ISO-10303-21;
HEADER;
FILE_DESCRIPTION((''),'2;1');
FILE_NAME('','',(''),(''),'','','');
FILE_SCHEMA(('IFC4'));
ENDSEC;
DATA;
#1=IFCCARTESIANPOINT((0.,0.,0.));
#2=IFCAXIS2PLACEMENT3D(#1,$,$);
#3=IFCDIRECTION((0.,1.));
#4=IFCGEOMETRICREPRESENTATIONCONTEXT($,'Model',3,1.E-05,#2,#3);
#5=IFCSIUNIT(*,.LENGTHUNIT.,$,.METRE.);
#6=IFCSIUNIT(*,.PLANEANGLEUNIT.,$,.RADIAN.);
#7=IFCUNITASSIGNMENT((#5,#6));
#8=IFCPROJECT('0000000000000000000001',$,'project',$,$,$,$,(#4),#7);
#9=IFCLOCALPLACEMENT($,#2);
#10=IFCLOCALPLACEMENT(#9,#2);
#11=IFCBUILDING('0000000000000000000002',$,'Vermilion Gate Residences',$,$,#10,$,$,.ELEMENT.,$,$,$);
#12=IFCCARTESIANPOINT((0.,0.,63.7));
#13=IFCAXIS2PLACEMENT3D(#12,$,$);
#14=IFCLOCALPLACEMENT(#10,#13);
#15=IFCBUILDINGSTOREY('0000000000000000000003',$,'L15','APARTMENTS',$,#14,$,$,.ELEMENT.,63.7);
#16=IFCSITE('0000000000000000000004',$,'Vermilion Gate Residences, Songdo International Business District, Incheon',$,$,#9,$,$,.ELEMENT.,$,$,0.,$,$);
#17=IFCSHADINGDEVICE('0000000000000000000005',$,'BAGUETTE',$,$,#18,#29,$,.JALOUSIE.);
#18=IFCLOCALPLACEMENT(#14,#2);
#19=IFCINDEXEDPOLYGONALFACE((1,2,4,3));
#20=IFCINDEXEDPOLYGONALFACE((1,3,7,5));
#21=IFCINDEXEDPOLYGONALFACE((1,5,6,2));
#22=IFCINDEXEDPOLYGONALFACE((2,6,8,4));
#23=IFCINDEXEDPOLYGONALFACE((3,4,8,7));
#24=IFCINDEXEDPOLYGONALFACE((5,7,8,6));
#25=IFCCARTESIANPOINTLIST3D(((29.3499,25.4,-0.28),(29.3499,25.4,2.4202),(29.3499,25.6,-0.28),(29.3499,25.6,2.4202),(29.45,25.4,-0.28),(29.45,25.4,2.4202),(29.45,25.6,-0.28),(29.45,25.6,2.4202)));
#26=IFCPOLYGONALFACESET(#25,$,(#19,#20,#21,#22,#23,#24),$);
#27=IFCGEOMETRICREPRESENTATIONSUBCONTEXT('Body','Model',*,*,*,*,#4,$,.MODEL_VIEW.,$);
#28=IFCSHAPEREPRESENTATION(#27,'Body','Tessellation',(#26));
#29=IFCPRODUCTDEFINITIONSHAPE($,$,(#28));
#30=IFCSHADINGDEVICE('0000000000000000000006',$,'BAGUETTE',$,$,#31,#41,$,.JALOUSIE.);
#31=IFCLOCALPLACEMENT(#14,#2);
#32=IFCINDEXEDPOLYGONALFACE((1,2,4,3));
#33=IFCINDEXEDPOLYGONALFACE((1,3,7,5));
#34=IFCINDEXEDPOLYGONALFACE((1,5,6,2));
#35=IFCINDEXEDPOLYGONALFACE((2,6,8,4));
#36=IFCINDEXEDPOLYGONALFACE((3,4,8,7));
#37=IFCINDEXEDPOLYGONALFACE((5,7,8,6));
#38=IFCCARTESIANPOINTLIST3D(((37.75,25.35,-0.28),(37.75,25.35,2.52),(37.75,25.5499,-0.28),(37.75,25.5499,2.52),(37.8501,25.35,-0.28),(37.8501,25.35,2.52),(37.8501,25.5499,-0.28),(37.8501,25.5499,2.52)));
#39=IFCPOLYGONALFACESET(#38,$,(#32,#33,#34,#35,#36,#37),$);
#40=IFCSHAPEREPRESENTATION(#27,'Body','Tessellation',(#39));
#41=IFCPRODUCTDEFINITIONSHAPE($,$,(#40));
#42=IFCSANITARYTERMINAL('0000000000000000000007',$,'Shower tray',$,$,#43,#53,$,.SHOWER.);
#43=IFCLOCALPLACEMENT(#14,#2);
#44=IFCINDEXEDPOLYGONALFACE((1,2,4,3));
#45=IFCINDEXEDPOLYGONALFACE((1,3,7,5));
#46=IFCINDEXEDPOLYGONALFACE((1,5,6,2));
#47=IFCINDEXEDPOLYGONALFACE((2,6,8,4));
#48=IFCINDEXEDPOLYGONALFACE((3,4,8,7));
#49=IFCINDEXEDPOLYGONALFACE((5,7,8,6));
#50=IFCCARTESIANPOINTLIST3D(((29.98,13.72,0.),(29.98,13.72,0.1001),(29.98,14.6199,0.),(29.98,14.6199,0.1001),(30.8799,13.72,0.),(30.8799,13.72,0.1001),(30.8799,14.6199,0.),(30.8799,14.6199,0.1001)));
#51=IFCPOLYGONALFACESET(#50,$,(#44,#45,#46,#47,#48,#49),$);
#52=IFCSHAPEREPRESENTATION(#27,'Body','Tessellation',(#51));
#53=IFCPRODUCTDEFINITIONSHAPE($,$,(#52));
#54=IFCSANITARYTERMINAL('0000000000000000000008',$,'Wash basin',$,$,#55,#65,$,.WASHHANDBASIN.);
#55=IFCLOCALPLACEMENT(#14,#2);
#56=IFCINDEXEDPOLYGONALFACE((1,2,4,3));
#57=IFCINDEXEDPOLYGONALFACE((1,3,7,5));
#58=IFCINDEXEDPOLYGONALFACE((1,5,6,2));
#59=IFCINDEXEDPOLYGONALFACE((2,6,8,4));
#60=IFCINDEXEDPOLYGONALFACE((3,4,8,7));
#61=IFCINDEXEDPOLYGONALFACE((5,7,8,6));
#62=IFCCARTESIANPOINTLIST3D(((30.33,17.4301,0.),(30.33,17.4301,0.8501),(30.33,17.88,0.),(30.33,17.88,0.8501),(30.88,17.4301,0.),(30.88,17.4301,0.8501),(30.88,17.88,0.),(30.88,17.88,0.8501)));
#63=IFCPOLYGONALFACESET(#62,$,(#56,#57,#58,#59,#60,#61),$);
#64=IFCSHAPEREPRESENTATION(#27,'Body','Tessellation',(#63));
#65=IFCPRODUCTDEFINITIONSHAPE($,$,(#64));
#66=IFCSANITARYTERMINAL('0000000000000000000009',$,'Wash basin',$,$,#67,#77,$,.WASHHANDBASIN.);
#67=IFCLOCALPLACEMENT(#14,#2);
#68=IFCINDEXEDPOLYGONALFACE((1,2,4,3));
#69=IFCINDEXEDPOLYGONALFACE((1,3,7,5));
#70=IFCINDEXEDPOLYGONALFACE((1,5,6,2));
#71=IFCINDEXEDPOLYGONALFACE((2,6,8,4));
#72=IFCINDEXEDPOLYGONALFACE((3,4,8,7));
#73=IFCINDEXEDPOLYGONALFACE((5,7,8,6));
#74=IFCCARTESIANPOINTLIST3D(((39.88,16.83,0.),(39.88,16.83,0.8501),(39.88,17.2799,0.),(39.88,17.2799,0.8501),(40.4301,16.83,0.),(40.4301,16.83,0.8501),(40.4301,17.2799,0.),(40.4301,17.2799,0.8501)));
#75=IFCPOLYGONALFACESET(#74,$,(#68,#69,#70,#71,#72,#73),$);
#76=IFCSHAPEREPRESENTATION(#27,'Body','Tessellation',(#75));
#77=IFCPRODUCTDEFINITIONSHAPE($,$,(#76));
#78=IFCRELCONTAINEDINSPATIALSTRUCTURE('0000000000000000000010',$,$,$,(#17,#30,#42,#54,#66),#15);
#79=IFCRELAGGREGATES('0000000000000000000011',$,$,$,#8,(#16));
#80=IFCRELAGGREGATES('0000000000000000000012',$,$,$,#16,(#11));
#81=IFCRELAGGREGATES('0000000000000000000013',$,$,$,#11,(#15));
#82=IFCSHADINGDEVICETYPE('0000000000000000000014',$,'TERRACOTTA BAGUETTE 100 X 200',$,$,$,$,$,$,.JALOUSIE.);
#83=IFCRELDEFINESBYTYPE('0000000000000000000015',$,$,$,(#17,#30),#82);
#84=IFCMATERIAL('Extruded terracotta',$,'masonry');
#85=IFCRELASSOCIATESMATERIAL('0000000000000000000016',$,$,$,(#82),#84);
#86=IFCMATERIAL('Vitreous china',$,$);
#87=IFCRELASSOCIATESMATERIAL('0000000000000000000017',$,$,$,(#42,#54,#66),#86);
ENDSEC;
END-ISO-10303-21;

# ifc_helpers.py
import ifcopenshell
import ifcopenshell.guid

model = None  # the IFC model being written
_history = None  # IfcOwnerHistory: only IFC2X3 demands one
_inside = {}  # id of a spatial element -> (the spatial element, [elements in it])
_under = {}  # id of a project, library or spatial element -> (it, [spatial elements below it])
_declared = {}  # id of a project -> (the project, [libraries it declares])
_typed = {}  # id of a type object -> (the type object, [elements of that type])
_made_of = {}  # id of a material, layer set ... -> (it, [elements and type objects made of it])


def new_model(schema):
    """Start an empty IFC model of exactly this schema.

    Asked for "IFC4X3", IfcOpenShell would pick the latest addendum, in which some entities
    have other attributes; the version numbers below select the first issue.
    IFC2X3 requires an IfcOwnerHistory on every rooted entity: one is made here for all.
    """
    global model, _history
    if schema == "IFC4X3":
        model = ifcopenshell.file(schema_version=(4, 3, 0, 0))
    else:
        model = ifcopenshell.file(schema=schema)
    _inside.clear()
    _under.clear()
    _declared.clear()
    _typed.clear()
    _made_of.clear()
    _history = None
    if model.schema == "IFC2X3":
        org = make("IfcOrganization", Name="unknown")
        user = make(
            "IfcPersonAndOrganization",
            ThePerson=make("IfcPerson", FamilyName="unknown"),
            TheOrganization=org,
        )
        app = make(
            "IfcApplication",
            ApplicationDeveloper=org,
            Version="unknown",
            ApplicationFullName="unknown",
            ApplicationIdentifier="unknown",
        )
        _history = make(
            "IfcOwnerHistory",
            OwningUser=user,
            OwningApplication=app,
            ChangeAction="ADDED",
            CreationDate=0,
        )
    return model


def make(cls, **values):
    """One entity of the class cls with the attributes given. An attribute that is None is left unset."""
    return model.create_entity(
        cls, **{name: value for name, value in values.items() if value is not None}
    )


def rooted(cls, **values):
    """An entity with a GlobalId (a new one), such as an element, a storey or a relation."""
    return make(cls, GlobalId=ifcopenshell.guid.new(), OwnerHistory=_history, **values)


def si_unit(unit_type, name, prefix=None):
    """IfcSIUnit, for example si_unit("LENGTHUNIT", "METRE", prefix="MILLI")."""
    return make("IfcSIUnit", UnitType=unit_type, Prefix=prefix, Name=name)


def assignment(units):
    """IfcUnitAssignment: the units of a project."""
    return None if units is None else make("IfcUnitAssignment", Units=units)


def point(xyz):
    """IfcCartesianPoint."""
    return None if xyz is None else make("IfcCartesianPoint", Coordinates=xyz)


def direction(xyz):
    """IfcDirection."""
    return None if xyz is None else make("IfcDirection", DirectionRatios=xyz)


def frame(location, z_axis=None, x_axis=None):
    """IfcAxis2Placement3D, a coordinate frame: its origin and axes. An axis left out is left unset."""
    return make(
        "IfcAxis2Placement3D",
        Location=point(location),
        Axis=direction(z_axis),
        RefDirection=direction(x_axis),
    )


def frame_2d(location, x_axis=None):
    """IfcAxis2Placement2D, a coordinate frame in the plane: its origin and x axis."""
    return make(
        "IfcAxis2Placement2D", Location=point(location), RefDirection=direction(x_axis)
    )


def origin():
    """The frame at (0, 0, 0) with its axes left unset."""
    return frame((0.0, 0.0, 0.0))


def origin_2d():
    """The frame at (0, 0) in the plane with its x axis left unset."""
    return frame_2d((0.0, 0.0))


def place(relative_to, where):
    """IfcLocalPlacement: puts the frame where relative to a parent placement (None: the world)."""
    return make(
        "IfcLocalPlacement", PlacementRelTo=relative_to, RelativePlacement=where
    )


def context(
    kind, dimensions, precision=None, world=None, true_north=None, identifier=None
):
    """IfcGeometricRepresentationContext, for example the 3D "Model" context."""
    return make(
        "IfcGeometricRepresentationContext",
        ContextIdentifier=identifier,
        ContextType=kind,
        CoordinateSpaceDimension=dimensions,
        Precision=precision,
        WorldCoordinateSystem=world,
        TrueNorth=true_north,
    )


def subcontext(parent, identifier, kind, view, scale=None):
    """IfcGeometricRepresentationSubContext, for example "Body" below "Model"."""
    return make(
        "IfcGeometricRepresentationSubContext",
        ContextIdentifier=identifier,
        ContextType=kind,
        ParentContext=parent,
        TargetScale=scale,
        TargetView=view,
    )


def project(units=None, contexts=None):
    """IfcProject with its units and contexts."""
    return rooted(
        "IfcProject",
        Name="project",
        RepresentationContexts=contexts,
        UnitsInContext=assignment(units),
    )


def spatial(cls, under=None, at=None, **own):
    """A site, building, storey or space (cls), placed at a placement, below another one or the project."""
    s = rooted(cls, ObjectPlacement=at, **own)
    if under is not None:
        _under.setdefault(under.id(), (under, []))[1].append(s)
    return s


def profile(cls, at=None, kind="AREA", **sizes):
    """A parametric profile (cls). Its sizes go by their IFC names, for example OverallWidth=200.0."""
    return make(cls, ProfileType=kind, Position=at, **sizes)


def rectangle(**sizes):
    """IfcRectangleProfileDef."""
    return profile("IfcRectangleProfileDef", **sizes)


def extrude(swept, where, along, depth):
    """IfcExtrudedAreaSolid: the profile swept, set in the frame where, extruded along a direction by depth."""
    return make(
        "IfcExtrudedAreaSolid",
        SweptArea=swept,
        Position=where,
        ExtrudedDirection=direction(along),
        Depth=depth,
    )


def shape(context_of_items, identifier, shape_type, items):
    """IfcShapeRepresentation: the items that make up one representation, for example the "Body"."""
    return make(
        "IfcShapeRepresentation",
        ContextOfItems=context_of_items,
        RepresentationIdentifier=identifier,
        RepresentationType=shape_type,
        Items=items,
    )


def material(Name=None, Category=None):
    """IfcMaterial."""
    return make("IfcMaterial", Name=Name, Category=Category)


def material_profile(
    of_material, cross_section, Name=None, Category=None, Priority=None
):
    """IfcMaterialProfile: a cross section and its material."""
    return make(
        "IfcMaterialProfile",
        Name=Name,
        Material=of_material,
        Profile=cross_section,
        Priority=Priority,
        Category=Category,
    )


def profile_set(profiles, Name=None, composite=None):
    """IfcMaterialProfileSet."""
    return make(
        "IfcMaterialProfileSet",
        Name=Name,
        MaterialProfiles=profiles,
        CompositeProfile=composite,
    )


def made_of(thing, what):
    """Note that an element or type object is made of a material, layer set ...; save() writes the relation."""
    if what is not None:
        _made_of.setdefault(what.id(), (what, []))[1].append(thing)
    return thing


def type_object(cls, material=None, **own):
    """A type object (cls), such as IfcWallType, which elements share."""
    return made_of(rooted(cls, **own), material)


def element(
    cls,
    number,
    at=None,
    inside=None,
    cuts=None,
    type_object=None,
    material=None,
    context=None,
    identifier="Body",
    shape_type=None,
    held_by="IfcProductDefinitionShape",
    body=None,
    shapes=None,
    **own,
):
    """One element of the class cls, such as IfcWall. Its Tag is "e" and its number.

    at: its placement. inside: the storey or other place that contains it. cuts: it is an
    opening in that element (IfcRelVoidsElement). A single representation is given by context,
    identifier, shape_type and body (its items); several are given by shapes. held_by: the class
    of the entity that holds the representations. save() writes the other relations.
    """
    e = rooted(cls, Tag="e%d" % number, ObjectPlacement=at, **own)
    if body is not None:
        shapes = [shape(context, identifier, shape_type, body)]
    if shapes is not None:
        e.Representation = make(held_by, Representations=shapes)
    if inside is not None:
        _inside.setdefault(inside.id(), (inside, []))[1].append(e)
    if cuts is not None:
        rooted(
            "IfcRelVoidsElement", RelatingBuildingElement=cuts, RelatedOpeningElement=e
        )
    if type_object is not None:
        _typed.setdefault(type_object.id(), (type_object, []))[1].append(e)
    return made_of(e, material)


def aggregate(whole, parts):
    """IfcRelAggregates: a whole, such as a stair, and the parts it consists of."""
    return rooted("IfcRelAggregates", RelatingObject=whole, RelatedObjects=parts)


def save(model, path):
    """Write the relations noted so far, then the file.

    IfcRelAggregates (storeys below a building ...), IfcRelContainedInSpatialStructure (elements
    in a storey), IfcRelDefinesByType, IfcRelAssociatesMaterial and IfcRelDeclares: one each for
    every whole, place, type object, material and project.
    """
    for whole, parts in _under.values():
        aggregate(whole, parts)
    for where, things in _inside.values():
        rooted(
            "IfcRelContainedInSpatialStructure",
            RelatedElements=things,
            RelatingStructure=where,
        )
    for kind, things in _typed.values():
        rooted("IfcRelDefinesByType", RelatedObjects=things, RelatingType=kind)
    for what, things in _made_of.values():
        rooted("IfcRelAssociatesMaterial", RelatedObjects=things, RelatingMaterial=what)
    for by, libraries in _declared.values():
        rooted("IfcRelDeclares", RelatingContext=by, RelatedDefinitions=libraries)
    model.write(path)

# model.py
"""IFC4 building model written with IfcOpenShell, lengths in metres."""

from ifc_helpers import new_model, si_unit, direction, frame, origin, origin_2d, place, context, subcontext, project, spatial, rectangle, extrude, material, material_profile, profile_set, type_object, element, save


model = new_model("IFC4")

# Units and contexts
model_context = context("Model", 3, precision=1e-05, world=origin(), true_north=direction((0.0, 1.0)))
body_context = subcontext(model_context, "Body", "Model", "MODEL_VIEW")
ifc_project = project(units=[si_unit("LENGTHUNIT", "METRE"), si_unit("PLANEANGLEUNIT", "RADIAN")], contexts=[model_context])

# Site, building, storey
site_placement = place(None, origin())
site = spatial("IfcSite", under=ifc_project, at=site_placement, Name="Vermilion Gate Residences, Songdo International Business District, Incheon", CompositionType="ELEMENT", RefElevation=0.0)
building_placement = place(site_placement, origin())
building = spatial("IfcBuilding", under=site, at=building_placement, Name="Vermilion Gate Residences", CompositionType="ELEMENT")
storey_placement = place(building_placement, frame((0.0, 0.0, 63.7)))
storey = spatial("IfcBuildingStorey", under=building, at=storey_placement, Name="L15", Description="APARTMENTS", CompositionType="ELEMENT", Elevation=63.7)

# Shading devices
ifc_material_1 = material(Name="Extruded terracotta", Category="masonry")
ifc_material_profile_1 = material_profile(ifc_material_1, rectangle(XDim=0.2, YDim=0.1001, at=origin_2d()), Name="BAGUETTE 100 X 200")
ifc_profile_set_1 = profile_set([ifc_material_profile_1], Name="Extruded terracotta")
shading_device_type_1 = type_object("IfcShadingDeviceType", Name="TERRACOTTA BAGUETTE 100 X 200", PredefinedType="JALOUSIE", material=ifc_profile_set_1)
shading_device_1_placement = place(storey_placement, frame((29.3999, 25.5, -0.28), z_axis=(0.0, 0.0, 1.0), x_axis=(0.0, -1.0, 0.0)))
element("IfcShadingDevice", 1, at=shading_device_1_placement, inside=storey, type_object=shading_device_type_1, Name="BAGUETTE", PredefinedType="JALOUSIE", context=body_context, shape_type="SweptSolid", body=[
    extrude(rectangle(XDim=0.2, YDim=0.1001, at=origin_2d()), origin(), (0.0, 0.0, 1.0), 2.7002),
])
shading_device_2_placement = place(storey_placement, frame((37.8, 25.45, -0.28), z_axis=(0.0, 0.0, 1.0), x_axis=(0.0, -1.0, 0.0)))
element("IfcShadingDevice", 2, at=shading_device_2_placement, inside=storey, type_object=shading_device_type_1, Name="BAGUETTE", PredefinedType="JALOUSIE", context=body_context, shape_type="SweptSolid", body=[
    extrude(rectangle(XDim=0.2, YDim=0.1001, at=origin_2d()), origin(), (0.0, 0.0, 1.0), 2.8),
])

# Sanitary terminals
ifc_material_2 = material(Name="Vitreous china")
sanitary_terminal_placement = place(storey_placement, frame((30.4299, 14.1699, 0.0), z_axis=(0.0, 0.0, 1.0), x_axis=(1.0, 0.0, 0.0)))
element("IfcSanitaryTerminal", 3, at=sanitary_terminal_placement, inside=storey, material=ifc_material_2, Name="Shower tray", PredefinedType="SHOWER", context=body_context, shape_type="SweptSolid", body=[
    extrude(rectangle(XDim=0.8999, YDim=0.8999, at=origin_2d()), origin(), (0.0, 0.0, 1.0), 0.1001),
])
for number, where, z_axis, x_axis, name in (
    (4, (30.605, 17.655, 0.0), (0.0, 0.0, 1.0), (1.0, 0.0, 0.0), "Wash basin"),
    (5, (40.155, 17.0549, 0.0), (0.0, 0.0, 1.0), (1.0, 0.0, 0.0), "Wash basin"),
):
    element("IfcSanitaryTerminal", number, at=place(storey_placement, frame(where, z_axis=z_axis, x_axis=x_axis)), inside=storey, material=ifc_material_2, Name=name, PredefinedType="WASHHANDBASIN", context=body_context, shape_type="SweptSolid", body=[
        extrude(rectangle(XDim=0.55, YDim=0.45, at=origin_2d()), origin(), (0.0, 0.0, 1.0), 0.8501),
    ])

save(model, "model.ifc")
